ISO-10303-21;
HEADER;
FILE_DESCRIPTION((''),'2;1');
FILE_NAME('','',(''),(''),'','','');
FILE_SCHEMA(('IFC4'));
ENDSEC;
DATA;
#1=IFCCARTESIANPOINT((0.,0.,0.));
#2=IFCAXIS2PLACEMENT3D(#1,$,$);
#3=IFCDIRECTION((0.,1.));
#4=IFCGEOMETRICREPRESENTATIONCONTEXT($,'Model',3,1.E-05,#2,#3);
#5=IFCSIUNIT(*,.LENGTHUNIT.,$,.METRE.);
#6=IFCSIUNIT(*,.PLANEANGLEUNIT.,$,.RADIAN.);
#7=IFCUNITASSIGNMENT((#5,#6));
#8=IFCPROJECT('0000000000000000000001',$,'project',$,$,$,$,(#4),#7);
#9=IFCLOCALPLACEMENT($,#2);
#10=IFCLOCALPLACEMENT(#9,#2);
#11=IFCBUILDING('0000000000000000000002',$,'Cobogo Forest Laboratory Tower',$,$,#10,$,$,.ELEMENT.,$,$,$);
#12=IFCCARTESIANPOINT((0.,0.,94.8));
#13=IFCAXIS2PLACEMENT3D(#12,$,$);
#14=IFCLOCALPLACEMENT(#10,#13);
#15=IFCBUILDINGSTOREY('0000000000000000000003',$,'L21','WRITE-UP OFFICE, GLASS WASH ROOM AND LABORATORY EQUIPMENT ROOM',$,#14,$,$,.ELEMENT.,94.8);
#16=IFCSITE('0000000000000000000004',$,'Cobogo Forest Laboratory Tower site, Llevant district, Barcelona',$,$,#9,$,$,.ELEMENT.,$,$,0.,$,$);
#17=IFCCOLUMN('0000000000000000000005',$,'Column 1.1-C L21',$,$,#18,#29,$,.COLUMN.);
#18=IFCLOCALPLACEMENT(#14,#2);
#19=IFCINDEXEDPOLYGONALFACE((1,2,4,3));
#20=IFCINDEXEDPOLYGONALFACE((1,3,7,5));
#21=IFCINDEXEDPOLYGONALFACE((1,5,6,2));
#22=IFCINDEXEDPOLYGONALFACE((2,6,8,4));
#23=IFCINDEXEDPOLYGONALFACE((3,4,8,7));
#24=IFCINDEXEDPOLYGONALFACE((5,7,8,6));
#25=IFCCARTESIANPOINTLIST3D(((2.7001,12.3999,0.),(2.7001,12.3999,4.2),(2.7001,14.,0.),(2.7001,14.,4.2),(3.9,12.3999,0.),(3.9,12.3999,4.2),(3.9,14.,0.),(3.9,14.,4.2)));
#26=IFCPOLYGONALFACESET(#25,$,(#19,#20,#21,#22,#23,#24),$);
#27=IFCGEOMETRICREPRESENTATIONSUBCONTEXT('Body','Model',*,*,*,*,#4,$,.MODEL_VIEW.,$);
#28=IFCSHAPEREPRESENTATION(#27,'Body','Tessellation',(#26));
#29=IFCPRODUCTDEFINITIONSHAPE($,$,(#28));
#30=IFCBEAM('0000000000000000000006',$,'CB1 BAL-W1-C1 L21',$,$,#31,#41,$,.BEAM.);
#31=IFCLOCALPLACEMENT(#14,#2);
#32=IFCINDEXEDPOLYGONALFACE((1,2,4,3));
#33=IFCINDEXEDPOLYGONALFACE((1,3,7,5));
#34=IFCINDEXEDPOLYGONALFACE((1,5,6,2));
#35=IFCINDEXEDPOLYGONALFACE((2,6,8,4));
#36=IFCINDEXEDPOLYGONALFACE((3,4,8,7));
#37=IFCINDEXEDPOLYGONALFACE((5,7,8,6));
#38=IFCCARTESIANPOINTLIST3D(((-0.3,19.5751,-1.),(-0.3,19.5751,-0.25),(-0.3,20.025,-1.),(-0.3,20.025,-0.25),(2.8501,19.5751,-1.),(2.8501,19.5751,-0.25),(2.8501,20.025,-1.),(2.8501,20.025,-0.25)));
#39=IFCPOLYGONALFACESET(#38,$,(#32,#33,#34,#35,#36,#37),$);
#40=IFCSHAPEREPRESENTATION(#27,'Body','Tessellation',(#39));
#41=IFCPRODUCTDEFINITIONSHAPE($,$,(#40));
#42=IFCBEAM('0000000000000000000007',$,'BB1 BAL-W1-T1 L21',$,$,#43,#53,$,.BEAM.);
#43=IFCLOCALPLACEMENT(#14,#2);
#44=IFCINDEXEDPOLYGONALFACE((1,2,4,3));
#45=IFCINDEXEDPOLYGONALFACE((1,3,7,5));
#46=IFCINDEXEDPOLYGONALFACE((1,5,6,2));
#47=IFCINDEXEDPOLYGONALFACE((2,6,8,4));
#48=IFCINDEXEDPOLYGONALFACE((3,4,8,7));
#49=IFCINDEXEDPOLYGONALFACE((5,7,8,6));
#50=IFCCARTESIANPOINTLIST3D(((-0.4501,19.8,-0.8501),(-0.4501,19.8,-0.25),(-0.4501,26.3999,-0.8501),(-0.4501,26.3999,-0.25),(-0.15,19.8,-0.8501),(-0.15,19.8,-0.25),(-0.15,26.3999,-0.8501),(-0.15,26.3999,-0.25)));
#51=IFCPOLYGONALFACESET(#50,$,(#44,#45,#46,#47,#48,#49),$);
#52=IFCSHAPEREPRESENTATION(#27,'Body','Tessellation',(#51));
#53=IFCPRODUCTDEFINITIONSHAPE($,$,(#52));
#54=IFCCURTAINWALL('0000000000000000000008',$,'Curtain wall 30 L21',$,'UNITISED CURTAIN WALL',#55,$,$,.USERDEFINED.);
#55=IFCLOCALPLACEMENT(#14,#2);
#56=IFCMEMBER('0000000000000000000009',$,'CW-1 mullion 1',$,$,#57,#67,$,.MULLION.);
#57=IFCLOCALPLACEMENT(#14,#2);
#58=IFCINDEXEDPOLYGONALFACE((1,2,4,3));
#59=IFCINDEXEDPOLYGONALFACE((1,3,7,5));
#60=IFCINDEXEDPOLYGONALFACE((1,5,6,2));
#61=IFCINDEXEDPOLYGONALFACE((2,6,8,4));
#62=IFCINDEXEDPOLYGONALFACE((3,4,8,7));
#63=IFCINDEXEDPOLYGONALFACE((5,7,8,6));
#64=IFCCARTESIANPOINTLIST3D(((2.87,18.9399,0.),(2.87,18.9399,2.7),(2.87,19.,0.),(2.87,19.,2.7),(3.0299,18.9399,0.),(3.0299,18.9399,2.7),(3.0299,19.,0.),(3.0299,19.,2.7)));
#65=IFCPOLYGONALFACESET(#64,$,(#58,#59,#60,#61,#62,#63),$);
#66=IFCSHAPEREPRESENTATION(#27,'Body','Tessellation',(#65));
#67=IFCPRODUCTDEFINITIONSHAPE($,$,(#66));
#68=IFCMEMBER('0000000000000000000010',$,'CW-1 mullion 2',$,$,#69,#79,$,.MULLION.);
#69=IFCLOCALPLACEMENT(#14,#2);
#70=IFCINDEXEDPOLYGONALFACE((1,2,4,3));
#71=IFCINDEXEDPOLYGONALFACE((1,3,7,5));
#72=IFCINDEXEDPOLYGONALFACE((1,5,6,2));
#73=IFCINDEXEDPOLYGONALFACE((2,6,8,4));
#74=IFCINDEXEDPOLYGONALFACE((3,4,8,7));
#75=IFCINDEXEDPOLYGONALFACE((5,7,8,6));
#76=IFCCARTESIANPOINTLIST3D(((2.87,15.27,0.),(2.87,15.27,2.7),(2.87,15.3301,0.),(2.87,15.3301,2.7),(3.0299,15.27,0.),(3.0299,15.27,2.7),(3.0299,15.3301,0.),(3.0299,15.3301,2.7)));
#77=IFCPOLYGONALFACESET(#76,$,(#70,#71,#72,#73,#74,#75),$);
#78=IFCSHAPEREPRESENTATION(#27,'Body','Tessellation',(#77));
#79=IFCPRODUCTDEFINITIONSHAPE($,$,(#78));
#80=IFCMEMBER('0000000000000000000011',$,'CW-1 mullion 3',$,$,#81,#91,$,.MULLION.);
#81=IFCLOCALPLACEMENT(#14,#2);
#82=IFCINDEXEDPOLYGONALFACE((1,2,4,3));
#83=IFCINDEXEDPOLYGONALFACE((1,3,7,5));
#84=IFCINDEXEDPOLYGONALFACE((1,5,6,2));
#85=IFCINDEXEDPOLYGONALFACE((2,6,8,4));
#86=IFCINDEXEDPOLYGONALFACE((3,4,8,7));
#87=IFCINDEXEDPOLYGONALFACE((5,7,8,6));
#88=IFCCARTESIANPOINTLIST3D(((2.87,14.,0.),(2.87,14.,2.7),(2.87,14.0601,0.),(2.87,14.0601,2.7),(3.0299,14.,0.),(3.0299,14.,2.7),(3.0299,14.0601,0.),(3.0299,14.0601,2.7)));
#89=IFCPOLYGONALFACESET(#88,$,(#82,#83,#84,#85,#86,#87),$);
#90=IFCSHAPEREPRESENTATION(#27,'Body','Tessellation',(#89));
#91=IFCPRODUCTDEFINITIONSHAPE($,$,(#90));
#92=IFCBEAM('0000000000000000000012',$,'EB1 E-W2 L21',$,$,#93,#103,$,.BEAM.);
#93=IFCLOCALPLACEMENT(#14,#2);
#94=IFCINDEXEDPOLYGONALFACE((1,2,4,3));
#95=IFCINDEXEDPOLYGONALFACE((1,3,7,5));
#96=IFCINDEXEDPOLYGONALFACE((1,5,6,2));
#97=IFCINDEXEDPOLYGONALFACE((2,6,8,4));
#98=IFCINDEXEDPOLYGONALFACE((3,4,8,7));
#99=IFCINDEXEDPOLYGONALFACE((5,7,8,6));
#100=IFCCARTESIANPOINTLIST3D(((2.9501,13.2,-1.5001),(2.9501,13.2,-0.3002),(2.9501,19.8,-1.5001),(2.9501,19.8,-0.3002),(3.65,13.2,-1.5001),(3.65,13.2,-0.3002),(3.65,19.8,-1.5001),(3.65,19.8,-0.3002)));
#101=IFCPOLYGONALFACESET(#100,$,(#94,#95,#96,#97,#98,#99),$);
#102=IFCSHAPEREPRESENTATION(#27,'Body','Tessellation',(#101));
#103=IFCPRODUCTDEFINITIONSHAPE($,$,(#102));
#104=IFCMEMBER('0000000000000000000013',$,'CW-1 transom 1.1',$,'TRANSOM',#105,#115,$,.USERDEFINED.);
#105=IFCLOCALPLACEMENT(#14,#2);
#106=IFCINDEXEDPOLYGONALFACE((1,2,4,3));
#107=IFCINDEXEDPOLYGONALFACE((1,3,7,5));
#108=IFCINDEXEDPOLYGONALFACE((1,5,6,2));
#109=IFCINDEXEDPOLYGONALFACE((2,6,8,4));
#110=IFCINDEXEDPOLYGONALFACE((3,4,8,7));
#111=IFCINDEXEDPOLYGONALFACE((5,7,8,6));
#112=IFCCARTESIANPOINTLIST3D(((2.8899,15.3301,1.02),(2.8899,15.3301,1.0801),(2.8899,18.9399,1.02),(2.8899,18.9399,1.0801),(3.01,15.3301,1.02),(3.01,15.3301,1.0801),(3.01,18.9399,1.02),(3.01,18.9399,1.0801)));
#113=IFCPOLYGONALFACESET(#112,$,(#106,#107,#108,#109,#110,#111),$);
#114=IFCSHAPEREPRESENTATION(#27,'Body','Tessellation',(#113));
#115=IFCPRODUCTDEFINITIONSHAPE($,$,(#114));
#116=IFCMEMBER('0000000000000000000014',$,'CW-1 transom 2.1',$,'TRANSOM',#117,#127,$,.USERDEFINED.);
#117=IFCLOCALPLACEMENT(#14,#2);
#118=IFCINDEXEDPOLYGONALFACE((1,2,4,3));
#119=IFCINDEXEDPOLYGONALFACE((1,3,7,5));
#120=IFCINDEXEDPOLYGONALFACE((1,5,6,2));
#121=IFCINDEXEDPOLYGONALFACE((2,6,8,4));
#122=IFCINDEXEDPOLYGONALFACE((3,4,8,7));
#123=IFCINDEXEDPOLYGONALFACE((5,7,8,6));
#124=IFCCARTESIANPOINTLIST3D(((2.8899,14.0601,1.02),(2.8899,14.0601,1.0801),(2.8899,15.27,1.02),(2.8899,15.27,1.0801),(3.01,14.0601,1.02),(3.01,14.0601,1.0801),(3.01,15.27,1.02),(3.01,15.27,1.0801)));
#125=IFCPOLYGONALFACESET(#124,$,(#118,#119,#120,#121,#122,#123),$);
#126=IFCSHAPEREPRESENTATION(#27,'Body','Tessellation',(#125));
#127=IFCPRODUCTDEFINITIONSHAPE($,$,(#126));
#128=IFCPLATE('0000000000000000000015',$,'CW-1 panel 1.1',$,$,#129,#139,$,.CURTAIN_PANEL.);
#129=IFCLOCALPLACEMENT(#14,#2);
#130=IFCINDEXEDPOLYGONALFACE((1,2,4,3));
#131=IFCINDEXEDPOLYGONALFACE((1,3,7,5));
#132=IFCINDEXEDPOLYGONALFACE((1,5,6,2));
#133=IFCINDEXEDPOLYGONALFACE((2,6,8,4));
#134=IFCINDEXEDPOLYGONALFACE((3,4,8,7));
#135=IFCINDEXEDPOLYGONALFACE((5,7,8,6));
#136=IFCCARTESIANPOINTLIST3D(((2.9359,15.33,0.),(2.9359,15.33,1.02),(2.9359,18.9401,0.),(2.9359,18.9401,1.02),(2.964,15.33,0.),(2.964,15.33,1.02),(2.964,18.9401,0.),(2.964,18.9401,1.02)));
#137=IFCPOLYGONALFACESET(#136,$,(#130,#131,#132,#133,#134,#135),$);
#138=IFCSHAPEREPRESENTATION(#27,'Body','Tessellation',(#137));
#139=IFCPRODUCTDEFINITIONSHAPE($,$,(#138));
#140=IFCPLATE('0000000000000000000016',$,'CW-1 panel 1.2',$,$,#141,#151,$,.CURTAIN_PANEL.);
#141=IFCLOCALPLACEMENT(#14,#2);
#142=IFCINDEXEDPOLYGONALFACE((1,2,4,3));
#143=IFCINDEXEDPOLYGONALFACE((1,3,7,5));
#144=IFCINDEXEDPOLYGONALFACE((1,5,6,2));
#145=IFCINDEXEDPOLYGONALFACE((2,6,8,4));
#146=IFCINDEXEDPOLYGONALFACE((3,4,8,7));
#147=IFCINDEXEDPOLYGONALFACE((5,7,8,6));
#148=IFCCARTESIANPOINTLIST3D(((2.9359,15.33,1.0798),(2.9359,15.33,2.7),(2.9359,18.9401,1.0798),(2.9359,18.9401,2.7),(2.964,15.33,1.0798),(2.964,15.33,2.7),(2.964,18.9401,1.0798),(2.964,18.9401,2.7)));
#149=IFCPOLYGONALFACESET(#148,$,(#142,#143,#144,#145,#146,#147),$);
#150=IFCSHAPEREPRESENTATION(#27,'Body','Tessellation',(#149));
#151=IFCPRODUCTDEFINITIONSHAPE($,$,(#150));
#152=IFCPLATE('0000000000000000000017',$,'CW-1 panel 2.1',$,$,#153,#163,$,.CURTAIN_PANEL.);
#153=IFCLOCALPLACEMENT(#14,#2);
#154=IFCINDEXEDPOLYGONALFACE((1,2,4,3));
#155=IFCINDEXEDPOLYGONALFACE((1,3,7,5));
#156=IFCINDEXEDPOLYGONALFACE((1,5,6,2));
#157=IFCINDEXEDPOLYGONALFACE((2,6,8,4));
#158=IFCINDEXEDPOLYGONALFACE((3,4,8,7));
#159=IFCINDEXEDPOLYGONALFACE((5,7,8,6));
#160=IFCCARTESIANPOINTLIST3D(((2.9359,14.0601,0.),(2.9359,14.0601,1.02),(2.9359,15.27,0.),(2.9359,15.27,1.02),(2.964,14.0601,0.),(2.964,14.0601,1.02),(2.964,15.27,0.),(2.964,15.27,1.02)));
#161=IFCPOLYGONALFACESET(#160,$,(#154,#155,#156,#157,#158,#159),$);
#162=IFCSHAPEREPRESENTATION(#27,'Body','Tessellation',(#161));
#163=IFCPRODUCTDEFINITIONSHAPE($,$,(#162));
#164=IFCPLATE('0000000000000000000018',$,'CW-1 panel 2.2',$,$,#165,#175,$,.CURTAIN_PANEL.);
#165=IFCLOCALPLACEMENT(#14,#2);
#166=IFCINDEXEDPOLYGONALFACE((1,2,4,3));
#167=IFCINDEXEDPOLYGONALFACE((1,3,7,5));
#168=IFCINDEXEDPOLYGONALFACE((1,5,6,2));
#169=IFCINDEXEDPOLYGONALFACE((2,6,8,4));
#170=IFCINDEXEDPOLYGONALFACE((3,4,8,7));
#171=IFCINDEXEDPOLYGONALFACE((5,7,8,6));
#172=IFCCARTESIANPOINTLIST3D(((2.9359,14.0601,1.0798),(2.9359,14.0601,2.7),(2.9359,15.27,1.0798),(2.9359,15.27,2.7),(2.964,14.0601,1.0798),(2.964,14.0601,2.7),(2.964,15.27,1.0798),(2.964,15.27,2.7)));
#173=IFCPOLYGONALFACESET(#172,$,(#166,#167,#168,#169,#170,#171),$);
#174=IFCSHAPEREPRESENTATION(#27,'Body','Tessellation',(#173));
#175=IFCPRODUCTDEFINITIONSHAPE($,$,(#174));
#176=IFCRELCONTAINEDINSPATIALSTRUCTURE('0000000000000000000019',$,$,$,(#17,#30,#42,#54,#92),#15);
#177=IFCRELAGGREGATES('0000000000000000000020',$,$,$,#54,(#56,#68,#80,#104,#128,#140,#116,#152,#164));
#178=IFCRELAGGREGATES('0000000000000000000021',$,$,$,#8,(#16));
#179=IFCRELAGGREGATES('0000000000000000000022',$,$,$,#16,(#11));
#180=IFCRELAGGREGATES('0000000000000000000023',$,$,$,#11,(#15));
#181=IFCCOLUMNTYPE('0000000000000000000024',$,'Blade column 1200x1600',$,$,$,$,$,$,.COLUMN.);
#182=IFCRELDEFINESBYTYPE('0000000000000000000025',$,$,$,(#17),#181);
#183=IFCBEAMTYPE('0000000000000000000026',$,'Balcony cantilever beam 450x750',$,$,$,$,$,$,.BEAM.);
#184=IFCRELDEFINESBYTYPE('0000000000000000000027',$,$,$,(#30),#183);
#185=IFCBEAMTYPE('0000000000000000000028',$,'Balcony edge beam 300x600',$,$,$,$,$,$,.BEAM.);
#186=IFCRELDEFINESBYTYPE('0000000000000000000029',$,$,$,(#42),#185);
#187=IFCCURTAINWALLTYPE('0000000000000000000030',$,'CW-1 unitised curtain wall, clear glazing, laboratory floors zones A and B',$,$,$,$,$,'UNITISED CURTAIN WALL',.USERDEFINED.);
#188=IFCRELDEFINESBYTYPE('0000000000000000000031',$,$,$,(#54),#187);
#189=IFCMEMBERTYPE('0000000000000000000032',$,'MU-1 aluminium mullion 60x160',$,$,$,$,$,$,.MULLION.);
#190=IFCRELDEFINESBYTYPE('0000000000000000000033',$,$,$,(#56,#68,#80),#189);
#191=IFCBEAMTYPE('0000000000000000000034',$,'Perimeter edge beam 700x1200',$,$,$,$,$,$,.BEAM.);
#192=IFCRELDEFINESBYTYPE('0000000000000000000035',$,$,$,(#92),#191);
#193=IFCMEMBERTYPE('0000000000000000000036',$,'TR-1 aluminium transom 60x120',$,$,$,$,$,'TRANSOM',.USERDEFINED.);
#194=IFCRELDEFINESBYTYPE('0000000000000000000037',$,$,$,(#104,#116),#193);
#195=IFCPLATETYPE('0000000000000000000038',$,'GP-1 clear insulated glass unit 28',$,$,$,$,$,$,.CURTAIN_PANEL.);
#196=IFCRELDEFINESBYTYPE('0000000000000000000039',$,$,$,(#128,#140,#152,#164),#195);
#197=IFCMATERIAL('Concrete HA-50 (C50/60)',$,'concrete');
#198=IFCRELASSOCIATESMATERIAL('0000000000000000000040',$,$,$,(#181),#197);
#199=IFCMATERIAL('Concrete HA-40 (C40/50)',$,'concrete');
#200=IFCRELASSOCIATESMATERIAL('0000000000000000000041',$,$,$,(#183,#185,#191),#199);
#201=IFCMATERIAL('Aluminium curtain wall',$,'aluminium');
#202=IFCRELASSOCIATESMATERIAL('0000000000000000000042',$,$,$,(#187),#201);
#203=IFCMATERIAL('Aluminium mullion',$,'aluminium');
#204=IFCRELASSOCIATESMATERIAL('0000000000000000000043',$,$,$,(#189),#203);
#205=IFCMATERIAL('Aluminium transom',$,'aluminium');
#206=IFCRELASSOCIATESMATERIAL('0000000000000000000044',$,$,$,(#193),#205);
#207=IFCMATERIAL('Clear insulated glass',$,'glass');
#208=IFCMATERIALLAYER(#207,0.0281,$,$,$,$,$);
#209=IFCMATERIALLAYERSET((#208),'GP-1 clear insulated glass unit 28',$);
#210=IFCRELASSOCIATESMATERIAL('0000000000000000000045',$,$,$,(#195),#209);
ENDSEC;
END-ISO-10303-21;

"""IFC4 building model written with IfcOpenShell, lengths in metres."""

from ifc_helpers import new_model, si_unit, direction, frame, origin, origin_2d, place, context, subcontext, project, spatial, rectangle, extrude, material, layer, layer_set, material_profile, profile_set, type_object, element, aggregate, save


model = new_model("IFC4")

# Units and contexts
model_context = context("Model", 3, precision=1e-05, world=origin(), true_north=direction((0.0, 1.0)))
body_context = subcontext(model_context, "Body", "Model", "MODEL_VIEW")
ifc_project = project(units=[si_unit("LENGTHUNIT", "METRE"), si_unit("PLANEANGLEUNIT", "RADIAN")], contexts=[model_context])

# Site, building, storey
site_placement = place(None, origin())
site = spatial("IfcSite", under=ifc_project, at=site_placement, Name="Cobogo Forest Laboratory Tower site, Llevant district, Barcelona", CompositionType="ELEMENT", RefElevation=0.0)
building_placement = place(site_placement, origin())
building = spatial("IfcBuilding", under=site, at=building_placement, Name="Cobogo Forest Laboratory Tower", CompositionType="ELEMENT")
storey_placement = place(building_placement, frame((0.0, 0.0, 94.8)))
storey = spatial("IfcBuildingStorey", under=building, at=storey_placement, Name="L21", Description="WRITE-UP OFFICE, GLASS WASH ROOM AND LABORATORY EQUIPMENT ROOM", CompositionType="ELEMENT", Elevation=94.8)

# Column
ifc_material_1 = material(Name="Concrete HA-50 (C50/60)", Category="concrete")
ifc_material_profile_1 = material_profile(ifc_material_1, rectangle(XDim=1.6001, YDim=1.2, at=origin_2d()), Name="RC 1200x1600")
ifc_profile_set_1 = profile_set([ifc_material_profile_1], Name="Concrete HA-50 (C50/60)")
column_type = type_object("IfcColumnType", Name="Blade column 1200x1600", PredefinedType="COLUMN", material=ifc_profile_set_1)
column_placement = place(storey_placement, frame((3.3, 13.2, 0.0), z_axis=(0.0, 0.0, 1.0), x_axis=(0.0, 1.0, 0.0)))
element("IfcColumn", 1, at=column_placement, inside=storey, type_object=column_type, Name="Column 1.1-C L21", PredefinedType="COLUMN", context=body_context, shape_type="SweptSolid", body=[
    extrude(rectangle(XDim=1.6001, YDim=1.2, at=origin_2d()), origin(), (0.0, 0.0, 1.0), 4.2),
])

# Beams
ifc_material_2 = material(Name="Concrete HA-40 (C40/50)", Category="concrete")
ifc_material_profile_2 = material_profile(ifc_material_2, rectangle(XDim=0.45, YDim=0.75, at=origin_2d()), Name="RC 450x750")
ifc_profile_set_2 = profile_set([ifc_material_profile_2], Name="Concrete HA-40 (C40/50)")
beam_type_1 = type_object("IfcBeamType", Name="Balcony cantilever beam 450x750", PredefinedType="BEAM", material=ifc_profile_set_2)
beam_1_placement = place(storey_placement, frame((2.8501, 19.8, -0.625), z_axis=(-1.0, 0.0, 0.0), x_axis=(0.0, -1.0, 0.0)))
element("IfcBeam", 2, at=beam_1_placement, inside=storey, type_object=beam_type_1, Name="CB1 BAL-W1-C1 L21", PredefinedType="BEAM", context=body_context, shape_type="SweptSolid", body=[
    extrude(rectangle(XDim=0.45, YDim=0.75, at=origin_2d()), origin(), (0.0, 0.0, 1.0), 3.1501),
])
ifc_material_profile_3 = material_profile(ifc_material_2, rectangle(XDim=0.3, YDim=0.6001, at=origin_2d()), Name="RC 300x600")
ifc_profile_set_3 = profile_set([ifc_material_profile_3], Name="Concrete HA-40 (C40/50)")
beam_type_2 = type_object("IfcBeamType", Name="Balcony edge beam 300x600", PredefinedType="BEAM", material=ifc_profile_set_3)
beam_2_placement = place(storey_placement, frame((-0.3, 19.8, -0.55), z_axis=(0.0, 1.0, 0.0), x_axis=(-1.0, 0.0, 0.0)))
element("IfcBeam", 3, at=beam_2_placement, inside=storey, type_object=beam_type_2, Name="BB1 BAL-W1-T1 L21", PredefinedType="BEAM", context=body_context, shape_type="SweptSolid", body=[
    extrude(rectangle(XDim=0.3, YDim=0.6001, at=origin_2d()), origin(), (0.0, 0.0, 1.0), 6.5999),
])

# Curtain wall, members
ifc_material_3 = material(Name="Aluminium curtain wall", Category="aluminium")
curtain_wall_type = type_object("IfcCurtainWallType", Name="CW-1 unitised curtain wall, clear glazing, laboratory floors zones A and B", ElementType="UNITISED CURTAIN WALL", PredefinedType="USERDEFINED", material=ifc_material_3)
curtain_wall_placement = place(storey_placement, origin())
curtain_wall = element("IfcCurtainWall", 4, at=curtain_wall_placement, inside=storey, type_object=curtain_wall_type, Name="Curtain wall 30 L21", ObjectType="UNITISED CURTAIN WALL", PredefinedType="USERDEFINED")
ifc_material_4 = material(Name="Aluminium mullion", Category="aluminium")
ifc_material_profile_4 = material_profile(ifc_material_4, rectangle(XDim=0.0601, YDim=0.1599, at=origin_2d()), Name="AL 60x160")
ifc_profile_set_4 = profile_set([ifc_material_profile_4], Name="Aluminium mullion")
member_type_1 = type_object("IfcMemberType", Name="MU-1 aluminium mullion 60x160", PredefinedType="MULLION", material=ifc_profile_set_4)
member_1_placement = place(storey_placement, frame((2.95, 18.97, 0.0), z_axis=(0.0, 0.0, 1.0), x_axis=(0.0, -1.0, 0.0)))
member_1 = element("IfcMember", 5, at=member_1_placement, type_object=member_type_1, Name="CW-1 mullion 1", PredefinedType="MULLION", context=body_context, shape_type="SweptSolid", body=[
    extrude(rectangle(XDim=0.0601, YDim=0.1599, at=origin_2d()), origin(), (0.0, 0.0, 1.0), 2.7),
])
member_2_placement = place(storey_placement, frame((2.95, 15.3, 0.0), z_axis=(0.0, 0.0, 1.0), x_axis=(0.0, -1.0, 0.0)))
member_2 = element("IfcMember", 6, at=member_2_placement, type_object=member_type_1, Name="CW-1 mullion 2", PredefinedType="MULLION", context=body_context, shape_type="SweptSolid", body=[
    extrude(rectangle(XDim=0.0601, YDim=0.1599, at=origin_2d()), origin(), (0.0, 0.0, 1.0), 2.7),
])
member_3_placement = place(storey_placement, frame((2.95, 14.03, 0.0), z_axis=(0.0, 0.0, 1.0), x_axis=(0.0, -1.0, 0.0)))
member_3 = element("IfcMember", 7, at=member_3_placement, type_object=member_type_1, Name="CW-1 mullion 3", PredefinedType="MULLION", context=body_context, shape_type="SweptSolid", body=[
    extrude(rectangle(XDim=0.0601, YDim=0.1599, at=origin_2d()), origin(), (0.0, 0.0, 1.0), 2.7),
])

# Beam
ifc_material_profile_5 = material_profile(ifc_material_2, rectangle(XDim=0.7, YDim=1.2, at=origin_2d()), Name="RC 700x1200")
ifc_profile_set_5 = profile_set([ifc_material_profile_5], Name="Concrete HA-40 (C40/50)")
beam_type_3 = type_object("IfcBeamType", Name="Perimeter edge beam 700x1200", PredefinedType="BEAM", material=ifc_profile_set_5)
beam_3_placement = place(storey_placement, frame((3.3, 13.2, -0.9001), z_axis=(0.0, 1.0, 0.0), x_axis=(-1.0, 0.0, 0.0)))
element("IfcBeam", 8, at=beam_3_placement, inside=storey, type_object=beam_type_3, Name="EB1 E-W2 L21", PredefinedType="BEAM", context=body_context, shape_type="SweptSolid", body=[
    extrude(rectangle(XDim=0.7, YDim=1.2, at=origin_2d()), origin(), (0.0, 0.0, 1.0), 6.6001),
])

# Members
ifc_material_5 = material(Name="Aluminium transom", Category="aluminium")
ifc_material_profile_6 = material_profile(ifc_material_5, rectangle(XDim=0.1201, YDim=0.0601, at=origin_2d()), Name="AL 60x120")
ifc_profile_set_6 = profile_set([ifc_material_profile_6], Name="Aluminium transom")
member_type_2 = type_object("IfcMemberType", Name="TR-1 aluminium transom 60x120", ElementType="TRANSOM", PredefinedType="USERDEFINED", material=ifc_profile_set_6)
member_4_placement = place(storey_placement, frame((2.95, 18.9399, 1.05), z_axis=(0.0, -1.0, 0.0), x_axis=(1.0, 0.0, 0.0)))
member_4 = element("IfcMember", 9, at=member_4_placement, type_object=member_type_2, Name="CW-1 transom 1.1", ObjectType="TRANSOM", PredefinedType="USERDEFINED", context=body_context, shape_type="SweptSolid", body=[
    extrude(rectangle(XDim=0.1201, YDim=0.0601, at=origin_2d()), origin(), (0.0, 0.0, 1.0), 3.6099),
])
member_5_placement = place(storey_placement, frame((2.95, 15.27, 1.05), z_axis=(0.0, -1.0, 0.0), x_axis=(1.0, 0.0, 0.0)))
member_5 = element("IfcMember", 10, at=member_5_placement, type_object=member_type_2, Name="CW-1 transom 2.1", ObjectType="TRANSOM", PredefinedType="USERDEFINED", context=body_context, shape_type="SweptSolid", body=[
    extrude(rectangle(XDim=0.1201, YDim=0.0601, at=origin_2d()), origin(), (0.0, 0.0, 1.0), 1.21),
])

# Plates
ifc_material_6 = material(Name="Clear insulated glass", Category="glass")
ifc_layer_1 = layer(ifc_material_6, 0.0281)
ifc_layer_set_1 = layer_set([ifc_layer_1], Name="GP-1 clear insulated glass unit 28")
plate_type_1 = type_object("IfcPlateType", Name="GP-1 clear insulated glass unit 28", PredefinedType="CURTAIN_PANEL", material=ifc_layer_set_1)
plate_1_placement = place(storey_placement, frame((2.95, 17.135, 0.0), z_axis=(0.0, 0.0, 1.0), x_axis=(0.0, -1.0, 0.0)))
plate_1 = element("IfcPlate", 11, at=plate_1_placement, type_object=plate_type_1, Name="CW-1 panel 1.1", PredefinedType="CURTAIN_PANEL", context=body_context, shape_type="SweptSolid", body=[
    extrude(rectangle(XDim=3.6101, YDim=0.0281, at=origin_2d()), origin(), (0.0, 0.0, 1.0), 1.02),
])
plate_2_placement = place(storey_placement, frame((2.95, 17.135, 1.0798), z_axis=(0.0, 0.0, 1.0), x_axis=(0.0, -1.0, 0.0)))
plate_2 = element("IfcPlate", 12, at=plate_2_placement, type_object=plate_type_1, Name="CW-1 panel 1.2", PredefinedType="CURTAIN_PANEL", context=body_context, shape_type="SweptSolid", body=[
    extrude(rectangle(XDim=3.6101, YDim=0.0281, at=origin_2d()), origin(), (0.0, 0.0, 1.0), 1.6201),
])
plate_3_placement = place(storey_placement, frame((2.95, 14.665, 0.0), z_axis=(0.0, 0.0, 1.0), x_axis=(0.0, -1.0, 0.0)))
plate_3 = element("IfcPlate", 13, at=plate_3_placement, type_object=plate_type_1, Name="CW-1 panel 2.1", PredefinedType="CURTAIN_PANEL", context=body_context, shape_type="SweptSolid", body=[
    extrude(rectangle(XDim=1.21, YDim=0.0281, at=origin_2d()), origin(), (0.0, 0.0, 1.0), 1.02),
])
plate_4_placement = place(storey_placement, frame((2.95, 14.665, 1.0798), z_axis=(0.0, 0.0, 1.0), x_axis=(0.0, -1.0, 0.0)))
plate_4 = element("IfcPlate", 14, at=plate_4_placement, type_object=plate_type_1, Name="CW-1 panel 2.2", PredefinedType="CURTAIN_PANEL", context=body_context, shape_type="SweptSolid", body=[
    extrude(rectangle(XDim=1.21, YDim=0.0281, at=origin_2d()), origin(), (0.0, 0.0, 1.0), 1.6201),
])
aggregate(curtain_wall, [member_1, member_2, member_3, member_4, plate_1, plate_2, member_5, plate_3, plate_4])

save(model, "model.ifc")
